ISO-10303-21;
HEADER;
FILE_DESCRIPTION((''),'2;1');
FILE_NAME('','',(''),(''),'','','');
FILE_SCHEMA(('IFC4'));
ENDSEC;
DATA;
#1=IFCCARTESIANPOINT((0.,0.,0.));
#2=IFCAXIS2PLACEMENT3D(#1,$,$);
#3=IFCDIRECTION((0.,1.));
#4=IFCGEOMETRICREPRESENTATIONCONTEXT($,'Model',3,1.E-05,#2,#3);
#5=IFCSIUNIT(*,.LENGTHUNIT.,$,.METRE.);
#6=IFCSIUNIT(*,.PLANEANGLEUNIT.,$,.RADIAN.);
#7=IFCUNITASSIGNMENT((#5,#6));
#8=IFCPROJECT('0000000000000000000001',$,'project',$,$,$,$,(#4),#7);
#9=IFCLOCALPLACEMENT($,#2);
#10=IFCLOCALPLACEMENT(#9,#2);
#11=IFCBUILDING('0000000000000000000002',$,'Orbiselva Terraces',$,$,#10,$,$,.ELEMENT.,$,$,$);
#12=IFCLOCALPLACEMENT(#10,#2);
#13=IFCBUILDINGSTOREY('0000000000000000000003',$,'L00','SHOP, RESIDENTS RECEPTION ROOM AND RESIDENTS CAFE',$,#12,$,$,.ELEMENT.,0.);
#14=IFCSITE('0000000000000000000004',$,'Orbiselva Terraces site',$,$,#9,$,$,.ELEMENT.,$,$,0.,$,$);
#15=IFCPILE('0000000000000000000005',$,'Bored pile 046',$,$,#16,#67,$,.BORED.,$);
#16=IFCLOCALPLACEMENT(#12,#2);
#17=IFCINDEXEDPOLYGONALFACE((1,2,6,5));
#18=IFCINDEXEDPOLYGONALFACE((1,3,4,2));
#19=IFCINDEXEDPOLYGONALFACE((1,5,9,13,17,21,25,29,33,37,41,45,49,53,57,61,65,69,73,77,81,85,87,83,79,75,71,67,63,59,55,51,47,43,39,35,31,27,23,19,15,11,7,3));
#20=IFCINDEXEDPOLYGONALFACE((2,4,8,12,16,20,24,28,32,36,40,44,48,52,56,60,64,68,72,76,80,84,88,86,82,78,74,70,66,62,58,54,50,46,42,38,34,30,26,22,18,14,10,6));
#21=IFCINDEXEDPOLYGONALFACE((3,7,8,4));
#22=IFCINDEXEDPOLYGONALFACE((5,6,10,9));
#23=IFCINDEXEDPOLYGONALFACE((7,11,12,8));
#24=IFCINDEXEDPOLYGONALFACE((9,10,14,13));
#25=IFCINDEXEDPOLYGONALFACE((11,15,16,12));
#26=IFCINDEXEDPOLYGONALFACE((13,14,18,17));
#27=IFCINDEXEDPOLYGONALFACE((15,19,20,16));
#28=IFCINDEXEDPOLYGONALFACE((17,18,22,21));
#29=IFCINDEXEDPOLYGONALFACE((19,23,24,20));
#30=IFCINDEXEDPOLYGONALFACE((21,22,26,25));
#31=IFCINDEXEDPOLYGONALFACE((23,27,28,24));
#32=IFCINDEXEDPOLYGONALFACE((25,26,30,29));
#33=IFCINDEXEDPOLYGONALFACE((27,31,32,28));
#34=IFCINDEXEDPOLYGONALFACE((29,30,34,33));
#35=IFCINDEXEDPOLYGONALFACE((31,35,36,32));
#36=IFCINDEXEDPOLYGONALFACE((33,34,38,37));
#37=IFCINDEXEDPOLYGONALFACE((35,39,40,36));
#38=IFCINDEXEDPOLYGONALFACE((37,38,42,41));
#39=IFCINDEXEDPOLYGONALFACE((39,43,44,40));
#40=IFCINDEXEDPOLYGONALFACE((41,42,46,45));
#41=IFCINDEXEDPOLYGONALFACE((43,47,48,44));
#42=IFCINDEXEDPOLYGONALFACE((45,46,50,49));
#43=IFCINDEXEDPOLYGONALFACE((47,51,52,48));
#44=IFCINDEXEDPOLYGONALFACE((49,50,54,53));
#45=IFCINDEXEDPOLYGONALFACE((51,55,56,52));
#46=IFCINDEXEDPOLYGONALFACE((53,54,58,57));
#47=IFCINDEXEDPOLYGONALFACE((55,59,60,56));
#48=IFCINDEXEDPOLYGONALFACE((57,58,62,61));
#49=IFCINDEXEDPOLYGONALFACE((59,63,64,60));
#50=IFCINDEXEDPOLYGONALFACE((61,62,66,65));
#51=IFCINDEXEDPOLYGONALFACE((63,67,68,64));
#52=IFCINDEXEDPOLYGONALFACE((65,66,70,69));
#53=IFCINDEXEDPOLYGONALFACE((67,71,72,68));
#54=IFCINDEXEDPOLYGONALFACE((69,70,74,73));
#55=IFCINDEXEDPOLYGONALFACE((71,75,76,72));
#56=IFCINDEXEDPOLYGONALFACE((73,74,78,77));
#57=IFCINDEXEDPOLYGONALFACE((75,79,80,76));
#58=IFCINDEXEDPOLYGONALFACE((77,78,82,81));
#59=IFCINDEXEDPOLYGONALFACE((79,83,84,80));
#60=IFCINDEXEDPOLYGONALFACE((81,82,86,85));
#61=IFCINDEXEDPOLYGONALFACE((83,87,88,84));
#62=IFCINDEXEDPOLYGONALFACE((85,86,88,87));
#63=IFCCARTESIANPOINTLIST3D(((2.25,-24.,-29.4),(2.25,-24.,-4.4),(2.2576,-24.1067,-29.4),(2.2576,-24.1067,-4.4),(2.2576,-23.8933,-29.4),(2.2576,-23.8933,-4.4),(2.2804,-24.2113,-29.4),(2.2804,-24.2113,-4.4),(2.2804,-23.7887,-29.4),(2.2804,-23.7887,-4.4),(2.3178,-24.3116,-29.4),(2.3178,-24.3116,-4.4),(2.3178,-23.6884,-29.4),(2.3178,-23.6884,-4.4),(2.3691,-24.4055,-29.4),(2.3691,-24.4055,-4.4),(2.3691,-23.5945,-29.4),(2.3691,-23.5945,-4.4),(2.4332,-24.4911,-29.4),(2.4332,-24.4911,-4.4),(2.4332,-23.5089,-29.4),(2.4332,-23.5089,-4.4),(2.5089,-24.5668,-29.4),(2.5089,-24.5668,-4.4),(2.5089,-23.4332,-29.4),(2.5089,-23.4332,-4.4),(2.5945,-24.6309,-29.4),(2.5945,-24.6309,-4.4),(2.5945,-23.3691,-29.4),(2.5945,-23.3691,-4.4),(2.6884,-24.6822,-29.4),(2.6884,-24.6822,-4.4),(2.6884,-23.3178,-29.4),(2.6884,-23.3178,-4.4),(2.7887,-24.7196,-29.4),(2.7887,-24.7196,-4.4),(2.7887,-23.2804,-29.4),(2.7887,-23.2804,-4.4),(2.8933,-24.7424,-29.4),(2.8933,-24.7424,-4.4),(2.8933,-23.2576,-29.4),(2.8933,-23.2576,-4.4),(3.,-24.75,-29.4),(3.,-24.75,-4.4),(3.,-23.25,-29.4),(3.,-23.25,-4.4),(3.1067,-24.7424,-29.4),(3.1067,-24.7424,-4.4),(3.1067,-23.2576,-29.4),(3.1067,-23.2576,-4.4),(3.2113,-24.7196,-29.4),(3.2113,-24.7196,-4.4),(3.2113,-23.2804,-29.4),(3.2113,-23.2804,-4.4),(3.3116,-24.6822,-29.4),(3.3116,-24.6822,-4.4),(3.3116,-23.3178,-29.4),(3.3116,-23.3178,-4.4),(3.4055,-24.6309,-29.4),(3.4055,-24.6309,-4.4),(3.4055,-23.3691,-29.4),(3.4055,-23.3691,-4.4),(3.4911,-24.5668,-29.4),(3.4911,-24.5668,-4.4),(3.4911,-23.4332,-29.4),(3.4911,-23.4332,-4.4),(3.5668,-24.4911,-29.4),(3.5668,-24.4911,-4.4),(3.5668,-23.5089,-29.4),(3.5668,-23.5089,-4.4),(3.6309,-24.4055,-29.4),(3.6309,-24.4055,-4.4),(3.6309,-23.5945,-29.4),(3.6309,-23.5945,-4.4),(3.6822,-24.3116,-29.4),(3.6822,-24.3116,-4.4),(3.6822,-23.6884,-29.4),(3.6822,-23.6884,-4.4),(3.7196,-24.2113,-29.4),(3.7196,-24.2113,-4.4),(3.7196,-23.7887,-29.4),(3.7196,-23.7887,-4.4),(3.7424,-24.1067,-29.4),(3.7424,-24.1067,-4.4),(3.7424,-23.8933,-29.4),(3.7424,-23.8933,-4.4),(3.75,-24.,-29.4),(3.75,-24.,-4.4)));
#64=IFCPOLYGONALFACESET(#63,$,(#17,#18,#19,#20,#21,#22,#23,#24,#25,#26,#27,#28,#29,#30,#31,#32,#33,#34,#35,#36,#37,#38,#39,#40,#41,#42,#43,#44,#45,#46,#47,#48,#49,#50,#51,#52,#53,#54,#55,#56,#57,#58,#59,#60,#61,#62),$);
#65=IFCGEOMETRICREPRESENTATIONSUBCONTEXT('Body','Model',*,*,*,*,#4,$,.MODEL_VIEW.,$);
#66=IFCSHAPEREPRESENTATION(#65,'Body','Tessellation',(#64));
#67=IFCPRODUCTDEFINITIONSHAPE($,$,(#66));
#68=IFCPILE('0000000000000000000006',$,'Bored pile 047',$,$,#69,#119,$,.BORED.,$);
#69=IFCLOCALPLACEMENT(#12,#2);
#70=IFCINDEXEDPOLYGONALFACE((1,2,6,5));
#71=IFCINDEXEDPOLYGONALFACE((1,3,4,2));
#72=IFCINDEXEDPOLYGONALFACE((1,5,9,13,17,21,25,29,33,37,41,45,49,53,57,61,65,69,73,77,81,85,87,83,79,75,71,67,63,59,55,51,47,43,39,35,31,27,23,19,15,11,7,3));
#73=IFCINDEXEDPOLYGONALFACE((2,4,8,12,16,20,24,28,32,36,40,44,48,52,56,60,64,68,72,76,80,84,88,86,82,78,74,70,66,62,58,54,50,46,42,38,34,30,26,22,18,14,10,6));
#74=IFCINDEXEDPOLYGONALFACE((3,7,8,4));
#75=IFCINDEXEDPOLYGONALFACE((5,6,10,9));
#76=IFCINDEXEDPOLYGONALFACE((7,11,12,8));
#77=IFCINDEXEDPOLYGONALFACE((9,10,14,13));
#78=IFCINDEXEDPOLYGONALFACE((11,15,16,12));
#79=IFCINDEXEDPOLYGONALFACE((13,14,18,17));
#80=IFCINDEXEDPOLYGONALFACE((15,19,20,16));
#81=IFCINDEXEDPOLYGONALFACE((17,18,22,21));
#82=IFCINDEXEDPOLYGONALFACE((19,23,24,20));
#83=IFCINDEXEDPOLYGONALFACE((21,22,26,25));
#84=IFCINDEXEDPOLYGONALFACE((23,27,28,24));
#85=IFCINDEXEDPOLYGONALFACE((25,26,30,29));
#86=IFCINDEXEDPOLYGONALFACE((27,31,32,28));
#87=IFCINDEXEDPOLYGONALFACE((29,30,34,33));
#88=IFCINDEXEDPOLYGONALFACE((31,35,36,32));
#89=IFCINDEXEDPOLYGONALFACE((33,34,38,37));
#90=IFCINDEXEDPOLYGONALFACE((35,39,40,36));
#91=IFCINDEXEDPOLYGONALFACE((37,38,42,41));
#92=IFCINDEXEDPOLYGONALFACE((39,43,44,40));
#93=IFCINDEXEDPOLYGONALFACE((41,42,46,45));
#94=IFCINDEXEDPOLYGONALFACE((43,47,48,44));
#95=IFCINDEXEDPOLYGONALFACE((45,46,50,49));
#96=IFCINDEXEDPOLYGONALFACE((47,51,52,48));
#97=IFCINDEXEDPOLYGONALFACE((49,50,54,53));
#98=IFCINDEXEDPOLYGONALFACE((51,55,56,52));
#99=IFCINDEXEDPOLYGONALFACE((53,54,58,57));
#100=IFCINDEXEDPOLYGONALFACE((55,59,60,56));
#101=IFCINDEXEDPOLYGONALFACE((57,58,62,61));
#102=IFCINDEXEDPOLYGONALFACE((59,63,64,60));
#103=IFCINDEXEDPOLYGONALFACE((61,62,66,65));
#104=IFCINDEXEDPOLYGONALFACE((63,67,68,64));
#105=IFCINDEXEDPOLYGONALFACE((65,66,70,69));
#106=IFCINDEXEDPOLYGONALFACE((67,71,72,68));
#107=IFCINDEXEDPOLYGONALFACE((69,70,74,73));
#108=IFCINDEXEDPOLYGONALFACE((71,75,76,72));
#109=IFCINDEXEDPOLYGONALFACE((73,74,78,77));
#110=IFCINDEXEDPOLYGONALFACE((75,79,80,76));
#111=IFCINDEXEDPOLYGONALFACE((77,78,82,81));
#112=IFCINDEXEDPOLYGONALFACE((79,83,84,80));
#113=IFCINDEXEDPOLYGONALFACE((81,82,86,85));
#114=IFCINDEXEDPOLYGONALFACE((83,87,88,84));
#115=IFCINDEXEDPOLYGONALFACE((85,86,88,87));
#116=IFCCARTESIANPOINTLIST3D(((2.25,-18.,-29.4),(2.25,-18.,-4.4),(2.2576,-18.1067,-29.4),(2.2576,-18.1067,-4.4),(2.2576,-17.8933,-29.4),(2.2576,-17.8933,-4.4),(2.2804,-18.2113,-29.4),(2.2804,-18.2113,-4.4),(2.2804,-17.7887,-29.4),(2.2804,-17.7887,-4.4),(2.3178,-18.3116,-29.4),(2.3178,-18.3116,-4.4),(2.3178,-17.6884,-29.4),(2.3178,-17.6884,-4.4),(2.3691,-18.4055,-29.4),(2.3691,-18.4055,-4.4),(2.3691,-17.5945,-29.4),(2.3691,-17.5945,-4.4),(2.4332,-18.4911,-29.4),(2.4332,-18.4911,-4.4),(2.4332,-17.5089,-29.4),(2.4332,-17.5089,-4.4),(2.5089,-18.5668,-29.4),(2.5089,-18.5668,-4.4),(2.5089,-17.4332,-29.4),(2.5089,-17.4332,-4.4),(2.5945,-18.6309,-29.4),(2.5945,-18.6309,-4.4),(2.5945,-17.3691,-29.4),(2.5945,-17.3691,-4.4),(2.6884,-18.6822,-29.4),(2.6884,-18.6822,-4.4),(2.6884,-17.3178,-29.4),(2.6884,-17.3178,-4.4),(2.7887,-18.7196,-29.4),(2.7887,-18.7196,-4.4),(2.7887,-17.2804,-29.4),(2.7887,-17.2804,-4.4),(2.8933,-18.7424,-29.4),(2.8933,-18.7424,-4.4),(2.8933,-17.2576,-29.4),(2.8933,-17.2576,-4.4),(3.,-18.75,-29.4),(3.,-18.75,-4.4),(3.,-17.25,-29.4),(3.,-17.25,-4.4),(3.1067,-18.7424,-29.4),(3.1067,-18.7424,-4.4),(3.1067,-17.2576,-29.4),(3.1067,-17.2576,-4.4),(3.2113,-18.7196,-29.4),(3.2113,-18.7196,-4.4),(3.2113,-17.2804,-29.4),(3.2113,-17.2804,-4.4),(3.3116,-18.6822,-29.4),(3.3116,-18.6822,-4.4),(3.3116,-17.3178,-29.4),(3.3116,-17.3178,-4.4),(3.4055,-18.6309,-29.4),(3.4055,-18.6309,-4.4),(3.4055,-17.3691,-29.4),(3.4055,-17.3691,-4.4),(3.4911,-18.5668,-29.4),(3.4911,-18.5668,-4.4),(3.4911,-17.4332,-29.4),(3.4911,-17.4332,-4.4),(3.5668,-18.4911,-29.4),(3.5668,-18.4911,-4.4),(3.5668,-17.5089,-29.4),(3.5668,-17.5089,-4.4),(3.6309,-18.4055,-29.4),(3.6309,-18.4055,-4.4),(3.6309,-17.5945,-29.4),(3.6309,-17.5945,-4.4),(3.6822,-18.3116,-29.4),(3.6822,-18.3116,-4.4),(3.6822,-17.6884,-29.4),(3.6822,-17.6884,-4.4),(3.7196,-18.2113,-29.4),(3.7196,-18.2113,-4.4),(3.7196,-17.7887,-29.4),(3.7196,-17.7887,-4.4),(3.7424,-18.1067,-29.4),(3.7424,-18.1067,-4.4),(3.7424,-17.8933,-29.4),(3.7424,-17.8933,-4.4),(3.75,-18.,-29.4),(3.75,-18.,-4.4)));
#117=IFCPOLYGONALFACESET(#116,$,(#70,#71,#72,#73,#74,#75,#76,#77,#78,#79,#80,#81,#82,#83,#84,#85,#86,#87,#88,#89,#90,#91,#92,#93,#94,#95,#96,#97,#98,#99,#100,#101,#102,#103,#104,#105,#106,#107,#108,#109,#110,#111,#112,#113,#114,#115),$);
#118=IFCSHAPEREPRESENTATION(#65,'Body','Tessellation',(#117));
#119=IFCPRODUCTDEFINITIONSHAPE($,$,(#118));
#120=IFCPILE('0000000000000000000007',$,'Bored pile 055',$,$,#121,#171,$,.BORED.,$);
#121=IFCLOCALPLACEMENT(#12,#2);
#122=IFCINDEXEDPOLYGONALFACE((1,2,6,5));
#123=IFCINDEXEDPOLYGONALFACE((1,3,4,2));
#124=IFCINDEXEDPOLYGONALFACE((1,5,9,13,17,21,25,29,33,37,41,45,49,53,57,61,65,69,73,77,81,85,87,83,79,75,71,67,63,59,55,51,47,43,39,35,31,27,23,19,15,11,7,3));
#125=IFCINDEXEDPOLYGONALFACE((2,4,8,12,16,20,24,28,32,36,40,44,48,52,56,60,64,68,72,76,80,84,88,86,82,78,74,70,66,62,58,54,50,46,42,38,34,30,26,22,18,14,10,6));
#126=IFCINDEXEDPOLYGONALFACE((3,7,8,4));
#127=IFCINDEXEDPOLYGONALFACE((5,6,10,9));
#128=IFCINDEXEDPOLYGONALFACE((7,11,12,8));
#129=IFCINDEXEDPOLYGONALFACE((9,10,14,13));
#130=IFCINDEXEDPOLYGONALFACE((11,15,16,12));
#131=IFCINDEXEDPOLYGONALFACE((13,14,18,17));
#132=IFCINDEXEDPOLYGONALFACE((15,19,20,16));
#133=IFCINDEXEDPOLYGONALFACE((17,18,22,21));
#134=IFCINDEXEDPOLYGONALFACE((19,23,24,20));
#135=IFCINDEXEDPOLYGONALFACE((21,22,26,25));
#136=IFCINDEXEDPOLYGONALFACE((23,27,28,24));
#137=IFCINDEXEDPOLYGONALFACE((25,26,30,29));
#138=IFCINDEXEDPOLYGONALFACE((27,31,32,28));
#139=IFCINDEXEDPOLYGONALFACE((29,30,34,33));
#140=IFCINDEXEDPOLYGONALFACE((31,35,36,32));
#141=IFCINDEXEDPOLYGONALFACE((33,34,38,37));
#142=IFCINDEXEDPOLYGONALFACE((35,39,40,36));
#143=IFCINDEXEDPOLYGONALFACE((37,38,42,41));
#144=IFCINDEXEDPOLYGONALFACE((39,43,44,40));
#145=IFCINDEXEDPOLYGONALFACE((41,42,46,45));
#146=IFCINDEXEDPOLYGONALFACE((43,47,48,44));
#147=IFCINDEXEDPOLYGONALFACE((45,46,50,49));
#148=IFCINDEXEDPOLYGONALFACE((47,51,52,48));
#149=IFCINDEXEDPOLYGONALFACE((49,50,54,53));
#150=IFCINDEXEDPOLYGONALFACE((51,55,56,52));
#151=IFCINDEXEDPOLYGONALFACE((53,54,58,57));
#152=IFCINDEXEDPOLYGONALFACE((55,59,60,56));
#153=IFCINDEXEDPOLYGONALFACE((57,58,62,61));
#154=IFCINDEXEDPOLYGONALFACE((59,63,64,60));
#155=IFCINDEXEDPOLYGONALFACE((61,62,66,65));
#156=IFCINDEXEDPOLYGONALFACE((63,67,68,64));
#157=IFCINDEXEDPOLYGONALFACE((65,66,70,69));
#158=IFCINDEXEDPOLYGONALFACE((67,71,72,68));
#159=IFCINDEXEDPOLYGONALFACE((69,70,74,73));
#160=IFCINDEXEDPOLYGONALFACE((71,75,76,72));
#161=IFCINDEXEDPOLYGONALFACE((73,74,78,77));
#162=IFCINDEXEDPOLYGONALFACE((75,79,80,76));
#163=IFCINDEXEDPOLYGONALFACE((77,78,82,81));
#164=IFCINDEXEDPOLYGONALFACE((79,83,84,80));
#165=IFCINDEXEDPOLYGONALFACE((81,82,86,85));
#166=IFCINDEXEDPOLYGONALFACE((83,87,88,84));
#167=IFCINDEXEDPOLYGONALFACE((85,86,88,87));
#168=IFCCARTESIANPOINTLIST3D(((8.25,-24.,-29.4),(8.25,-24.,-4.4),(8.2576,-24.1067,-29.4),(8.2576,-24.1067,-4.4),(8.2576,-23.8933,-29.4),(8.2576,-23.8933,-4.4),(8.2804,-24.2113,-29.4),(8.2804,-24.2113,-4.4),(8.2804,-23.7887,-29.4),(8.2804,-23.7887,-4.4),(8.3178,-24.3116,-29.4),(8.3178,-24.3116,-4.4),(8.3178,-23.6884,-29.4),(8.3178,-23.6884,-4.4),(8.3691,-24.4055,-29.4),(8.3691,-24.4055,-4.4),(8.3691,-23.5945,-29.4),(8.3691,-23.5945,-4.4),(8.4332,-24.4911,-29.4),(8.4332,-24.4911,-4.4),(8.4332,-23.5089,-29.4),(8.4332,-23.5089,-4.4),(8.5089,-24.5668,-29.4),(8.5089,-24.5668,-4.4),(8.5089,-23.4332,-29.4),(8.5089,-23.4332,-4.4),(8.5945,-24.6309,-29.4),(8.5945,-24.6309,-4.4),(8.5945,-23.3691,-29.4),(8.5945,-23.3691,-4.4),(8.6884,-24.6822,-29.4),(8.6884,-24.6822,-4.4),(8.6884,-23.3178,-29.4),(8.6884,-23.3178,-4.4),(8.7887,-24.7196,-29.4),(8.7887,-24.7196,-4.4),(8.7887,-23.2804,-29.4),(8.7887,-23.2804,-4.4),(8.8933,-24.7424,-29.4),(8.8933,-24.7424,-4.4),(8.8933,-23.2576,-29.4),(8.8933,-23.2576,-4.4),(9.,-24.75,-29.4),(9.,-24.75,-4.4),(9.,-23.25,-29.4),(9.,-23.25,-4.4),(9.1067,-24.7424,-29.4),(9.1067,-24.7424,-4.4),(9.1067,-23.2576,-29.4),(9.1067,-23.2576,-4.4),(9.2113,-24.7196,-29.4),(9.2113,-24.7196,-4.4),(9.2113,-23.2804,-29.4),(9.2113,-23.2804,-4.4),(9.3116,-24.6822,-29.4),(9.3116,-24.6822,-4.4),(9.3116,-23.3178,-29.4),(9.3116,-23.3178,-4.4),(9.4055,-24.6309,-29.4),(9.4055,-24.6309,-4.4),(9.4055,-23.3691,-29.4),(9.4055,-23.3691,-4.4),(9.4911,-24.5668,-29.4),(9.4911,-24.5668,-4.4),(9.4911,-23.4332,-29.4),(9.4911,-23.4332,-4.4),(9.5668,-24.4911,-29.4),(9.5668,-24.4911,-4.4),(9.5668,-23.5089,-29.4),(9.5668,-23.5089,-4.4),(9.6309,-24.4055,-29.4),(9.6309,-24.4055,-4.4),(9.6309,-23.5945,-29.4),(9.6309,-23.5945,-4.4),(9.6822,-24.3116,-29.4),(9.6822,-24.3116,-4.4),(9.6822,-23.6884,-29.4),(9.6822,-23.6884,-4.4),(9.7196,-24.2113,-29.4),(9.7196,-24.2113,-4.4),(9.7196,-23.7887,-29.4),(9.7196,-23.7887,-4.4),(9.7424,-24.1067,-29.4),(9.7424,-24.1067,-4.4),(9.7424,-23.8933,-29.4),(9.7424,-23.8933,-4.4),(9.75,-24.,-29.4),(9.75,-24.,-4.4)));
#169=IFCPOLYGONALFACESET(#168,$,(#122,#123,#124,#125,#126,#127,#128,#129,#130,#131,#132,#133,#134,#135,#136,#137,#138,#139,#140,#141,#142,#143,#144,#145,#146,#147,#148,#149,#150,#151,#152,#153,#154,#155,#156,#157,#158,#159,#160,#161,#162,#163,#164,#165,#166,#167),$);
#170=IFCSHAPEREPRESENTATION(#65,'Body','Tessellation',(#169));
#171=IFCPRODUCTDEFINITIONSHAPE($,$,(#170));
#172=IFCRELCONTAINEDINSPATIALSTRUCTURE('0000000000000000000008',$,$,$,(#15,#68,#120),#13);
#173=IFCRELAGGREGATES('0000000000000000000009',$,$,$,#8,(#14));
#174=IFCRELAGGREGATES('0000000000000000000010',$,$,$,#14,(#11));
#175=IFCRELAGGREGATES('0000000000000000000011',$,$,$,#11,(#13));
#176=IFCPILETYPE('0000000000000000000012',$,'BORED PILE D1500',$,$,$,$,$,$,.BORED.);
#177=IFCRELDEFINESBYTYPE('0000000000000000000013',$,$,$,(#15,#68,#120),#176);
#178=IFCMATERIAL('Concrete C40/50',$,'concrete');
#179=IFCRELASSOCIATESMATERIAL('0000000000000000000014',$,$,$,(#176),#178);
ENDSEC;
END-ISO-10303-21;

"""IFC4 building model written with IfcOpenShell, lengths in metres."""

from ifc_helpers import new_model, si_unit, direction, frame, origin, origin_2d, place, context, subcontext, project, spatial, circle, extrude, material, material_profile, profile_set, type_object, element, save


model = new_model("IFC4")

# Units and contexts
model_context = context("Model", 3, precision=1e-05, world=origin(), true_north=direction((0.0, 1.0)))
body_context = subcontext(model_context, "Body", "Model", "MODEL_VIEW")
ifc_project = project(units=[si_unit("LENGTHUNIT", "METRE"), si_unit("PLANEANGLEUNIT", "RADIAN")], contexts=[model_context])

# Site, building, storey
site_placement = place(None, origin())
site = spatial("IfcSite", under=ifc_project, at=site_placement, Name="Orbiselva Terraces site", CompositionType="ELEMENT", RefElevation=0.0)
building_placement = place(site_placement, origin())
building = spatial("IfcBuilding", under=site, at=building_placement, Name="Orbiselva Terraces", CompositionType="ELEMENT")
storey_placement = place(building_placement, origin())
storey = spatial("IfcBuildingStorey", under=building, at=storey_placement, Name="L00", Description="SHOP, RESIDENTS RECEPTION ROOM AND RESIDENTS CAFE", CompositionType="ELEMENT", Elevation=0.0)

# Piles
ifc_material_1 = material(Name="Concrete C40/50", Category="concrete")
ifc_material_profile_1 = material_profile(ifc_material_1, circle(Radius=0.75, at=origin_2d()), Name="D1500")
ifc_profile_set_1 = profile_set([ifc_material_profile_1], Name="Concrete C40/50")
pile_type = type_object("IfcPileType", Name="BORED PILE D1500", PredefinedType="BORED", material=ifc_profile_set_1)
for number, where, z_axis, x_axis, name in (
    (1, (3.0, -24.0, -4.4), (0.0, 0.0, -1.0), (1.0, 0.0, 0.0), "Bored pile 046"),
    (2, (3.0, -18.0, -4.4), (0.0, 0.0, -1.0), (1.0, 0.0, 0.0), "Bored pile 047"),
    (3, (9.0, -24.0, -4.4), (0.0, 0.0, -1.0), (1.0, 0.0, 0.0), "Bored pile 055"),
):
    element("IfcPile", number, at=place(storey_placement, frame(where, z_axis=z_axis, x_axis=x_axis)), inside=storey, type_object=pile_type, Name=name, PredefinedType="BORED", context=body_context, shape_type="SweptSolid", body=[
        extrude(circle(Radius=0.75, at=origin_2d()), origin(), (0.0, 0.0, 1.0), 25.0),
    ])

save(model, "model.ifc")
